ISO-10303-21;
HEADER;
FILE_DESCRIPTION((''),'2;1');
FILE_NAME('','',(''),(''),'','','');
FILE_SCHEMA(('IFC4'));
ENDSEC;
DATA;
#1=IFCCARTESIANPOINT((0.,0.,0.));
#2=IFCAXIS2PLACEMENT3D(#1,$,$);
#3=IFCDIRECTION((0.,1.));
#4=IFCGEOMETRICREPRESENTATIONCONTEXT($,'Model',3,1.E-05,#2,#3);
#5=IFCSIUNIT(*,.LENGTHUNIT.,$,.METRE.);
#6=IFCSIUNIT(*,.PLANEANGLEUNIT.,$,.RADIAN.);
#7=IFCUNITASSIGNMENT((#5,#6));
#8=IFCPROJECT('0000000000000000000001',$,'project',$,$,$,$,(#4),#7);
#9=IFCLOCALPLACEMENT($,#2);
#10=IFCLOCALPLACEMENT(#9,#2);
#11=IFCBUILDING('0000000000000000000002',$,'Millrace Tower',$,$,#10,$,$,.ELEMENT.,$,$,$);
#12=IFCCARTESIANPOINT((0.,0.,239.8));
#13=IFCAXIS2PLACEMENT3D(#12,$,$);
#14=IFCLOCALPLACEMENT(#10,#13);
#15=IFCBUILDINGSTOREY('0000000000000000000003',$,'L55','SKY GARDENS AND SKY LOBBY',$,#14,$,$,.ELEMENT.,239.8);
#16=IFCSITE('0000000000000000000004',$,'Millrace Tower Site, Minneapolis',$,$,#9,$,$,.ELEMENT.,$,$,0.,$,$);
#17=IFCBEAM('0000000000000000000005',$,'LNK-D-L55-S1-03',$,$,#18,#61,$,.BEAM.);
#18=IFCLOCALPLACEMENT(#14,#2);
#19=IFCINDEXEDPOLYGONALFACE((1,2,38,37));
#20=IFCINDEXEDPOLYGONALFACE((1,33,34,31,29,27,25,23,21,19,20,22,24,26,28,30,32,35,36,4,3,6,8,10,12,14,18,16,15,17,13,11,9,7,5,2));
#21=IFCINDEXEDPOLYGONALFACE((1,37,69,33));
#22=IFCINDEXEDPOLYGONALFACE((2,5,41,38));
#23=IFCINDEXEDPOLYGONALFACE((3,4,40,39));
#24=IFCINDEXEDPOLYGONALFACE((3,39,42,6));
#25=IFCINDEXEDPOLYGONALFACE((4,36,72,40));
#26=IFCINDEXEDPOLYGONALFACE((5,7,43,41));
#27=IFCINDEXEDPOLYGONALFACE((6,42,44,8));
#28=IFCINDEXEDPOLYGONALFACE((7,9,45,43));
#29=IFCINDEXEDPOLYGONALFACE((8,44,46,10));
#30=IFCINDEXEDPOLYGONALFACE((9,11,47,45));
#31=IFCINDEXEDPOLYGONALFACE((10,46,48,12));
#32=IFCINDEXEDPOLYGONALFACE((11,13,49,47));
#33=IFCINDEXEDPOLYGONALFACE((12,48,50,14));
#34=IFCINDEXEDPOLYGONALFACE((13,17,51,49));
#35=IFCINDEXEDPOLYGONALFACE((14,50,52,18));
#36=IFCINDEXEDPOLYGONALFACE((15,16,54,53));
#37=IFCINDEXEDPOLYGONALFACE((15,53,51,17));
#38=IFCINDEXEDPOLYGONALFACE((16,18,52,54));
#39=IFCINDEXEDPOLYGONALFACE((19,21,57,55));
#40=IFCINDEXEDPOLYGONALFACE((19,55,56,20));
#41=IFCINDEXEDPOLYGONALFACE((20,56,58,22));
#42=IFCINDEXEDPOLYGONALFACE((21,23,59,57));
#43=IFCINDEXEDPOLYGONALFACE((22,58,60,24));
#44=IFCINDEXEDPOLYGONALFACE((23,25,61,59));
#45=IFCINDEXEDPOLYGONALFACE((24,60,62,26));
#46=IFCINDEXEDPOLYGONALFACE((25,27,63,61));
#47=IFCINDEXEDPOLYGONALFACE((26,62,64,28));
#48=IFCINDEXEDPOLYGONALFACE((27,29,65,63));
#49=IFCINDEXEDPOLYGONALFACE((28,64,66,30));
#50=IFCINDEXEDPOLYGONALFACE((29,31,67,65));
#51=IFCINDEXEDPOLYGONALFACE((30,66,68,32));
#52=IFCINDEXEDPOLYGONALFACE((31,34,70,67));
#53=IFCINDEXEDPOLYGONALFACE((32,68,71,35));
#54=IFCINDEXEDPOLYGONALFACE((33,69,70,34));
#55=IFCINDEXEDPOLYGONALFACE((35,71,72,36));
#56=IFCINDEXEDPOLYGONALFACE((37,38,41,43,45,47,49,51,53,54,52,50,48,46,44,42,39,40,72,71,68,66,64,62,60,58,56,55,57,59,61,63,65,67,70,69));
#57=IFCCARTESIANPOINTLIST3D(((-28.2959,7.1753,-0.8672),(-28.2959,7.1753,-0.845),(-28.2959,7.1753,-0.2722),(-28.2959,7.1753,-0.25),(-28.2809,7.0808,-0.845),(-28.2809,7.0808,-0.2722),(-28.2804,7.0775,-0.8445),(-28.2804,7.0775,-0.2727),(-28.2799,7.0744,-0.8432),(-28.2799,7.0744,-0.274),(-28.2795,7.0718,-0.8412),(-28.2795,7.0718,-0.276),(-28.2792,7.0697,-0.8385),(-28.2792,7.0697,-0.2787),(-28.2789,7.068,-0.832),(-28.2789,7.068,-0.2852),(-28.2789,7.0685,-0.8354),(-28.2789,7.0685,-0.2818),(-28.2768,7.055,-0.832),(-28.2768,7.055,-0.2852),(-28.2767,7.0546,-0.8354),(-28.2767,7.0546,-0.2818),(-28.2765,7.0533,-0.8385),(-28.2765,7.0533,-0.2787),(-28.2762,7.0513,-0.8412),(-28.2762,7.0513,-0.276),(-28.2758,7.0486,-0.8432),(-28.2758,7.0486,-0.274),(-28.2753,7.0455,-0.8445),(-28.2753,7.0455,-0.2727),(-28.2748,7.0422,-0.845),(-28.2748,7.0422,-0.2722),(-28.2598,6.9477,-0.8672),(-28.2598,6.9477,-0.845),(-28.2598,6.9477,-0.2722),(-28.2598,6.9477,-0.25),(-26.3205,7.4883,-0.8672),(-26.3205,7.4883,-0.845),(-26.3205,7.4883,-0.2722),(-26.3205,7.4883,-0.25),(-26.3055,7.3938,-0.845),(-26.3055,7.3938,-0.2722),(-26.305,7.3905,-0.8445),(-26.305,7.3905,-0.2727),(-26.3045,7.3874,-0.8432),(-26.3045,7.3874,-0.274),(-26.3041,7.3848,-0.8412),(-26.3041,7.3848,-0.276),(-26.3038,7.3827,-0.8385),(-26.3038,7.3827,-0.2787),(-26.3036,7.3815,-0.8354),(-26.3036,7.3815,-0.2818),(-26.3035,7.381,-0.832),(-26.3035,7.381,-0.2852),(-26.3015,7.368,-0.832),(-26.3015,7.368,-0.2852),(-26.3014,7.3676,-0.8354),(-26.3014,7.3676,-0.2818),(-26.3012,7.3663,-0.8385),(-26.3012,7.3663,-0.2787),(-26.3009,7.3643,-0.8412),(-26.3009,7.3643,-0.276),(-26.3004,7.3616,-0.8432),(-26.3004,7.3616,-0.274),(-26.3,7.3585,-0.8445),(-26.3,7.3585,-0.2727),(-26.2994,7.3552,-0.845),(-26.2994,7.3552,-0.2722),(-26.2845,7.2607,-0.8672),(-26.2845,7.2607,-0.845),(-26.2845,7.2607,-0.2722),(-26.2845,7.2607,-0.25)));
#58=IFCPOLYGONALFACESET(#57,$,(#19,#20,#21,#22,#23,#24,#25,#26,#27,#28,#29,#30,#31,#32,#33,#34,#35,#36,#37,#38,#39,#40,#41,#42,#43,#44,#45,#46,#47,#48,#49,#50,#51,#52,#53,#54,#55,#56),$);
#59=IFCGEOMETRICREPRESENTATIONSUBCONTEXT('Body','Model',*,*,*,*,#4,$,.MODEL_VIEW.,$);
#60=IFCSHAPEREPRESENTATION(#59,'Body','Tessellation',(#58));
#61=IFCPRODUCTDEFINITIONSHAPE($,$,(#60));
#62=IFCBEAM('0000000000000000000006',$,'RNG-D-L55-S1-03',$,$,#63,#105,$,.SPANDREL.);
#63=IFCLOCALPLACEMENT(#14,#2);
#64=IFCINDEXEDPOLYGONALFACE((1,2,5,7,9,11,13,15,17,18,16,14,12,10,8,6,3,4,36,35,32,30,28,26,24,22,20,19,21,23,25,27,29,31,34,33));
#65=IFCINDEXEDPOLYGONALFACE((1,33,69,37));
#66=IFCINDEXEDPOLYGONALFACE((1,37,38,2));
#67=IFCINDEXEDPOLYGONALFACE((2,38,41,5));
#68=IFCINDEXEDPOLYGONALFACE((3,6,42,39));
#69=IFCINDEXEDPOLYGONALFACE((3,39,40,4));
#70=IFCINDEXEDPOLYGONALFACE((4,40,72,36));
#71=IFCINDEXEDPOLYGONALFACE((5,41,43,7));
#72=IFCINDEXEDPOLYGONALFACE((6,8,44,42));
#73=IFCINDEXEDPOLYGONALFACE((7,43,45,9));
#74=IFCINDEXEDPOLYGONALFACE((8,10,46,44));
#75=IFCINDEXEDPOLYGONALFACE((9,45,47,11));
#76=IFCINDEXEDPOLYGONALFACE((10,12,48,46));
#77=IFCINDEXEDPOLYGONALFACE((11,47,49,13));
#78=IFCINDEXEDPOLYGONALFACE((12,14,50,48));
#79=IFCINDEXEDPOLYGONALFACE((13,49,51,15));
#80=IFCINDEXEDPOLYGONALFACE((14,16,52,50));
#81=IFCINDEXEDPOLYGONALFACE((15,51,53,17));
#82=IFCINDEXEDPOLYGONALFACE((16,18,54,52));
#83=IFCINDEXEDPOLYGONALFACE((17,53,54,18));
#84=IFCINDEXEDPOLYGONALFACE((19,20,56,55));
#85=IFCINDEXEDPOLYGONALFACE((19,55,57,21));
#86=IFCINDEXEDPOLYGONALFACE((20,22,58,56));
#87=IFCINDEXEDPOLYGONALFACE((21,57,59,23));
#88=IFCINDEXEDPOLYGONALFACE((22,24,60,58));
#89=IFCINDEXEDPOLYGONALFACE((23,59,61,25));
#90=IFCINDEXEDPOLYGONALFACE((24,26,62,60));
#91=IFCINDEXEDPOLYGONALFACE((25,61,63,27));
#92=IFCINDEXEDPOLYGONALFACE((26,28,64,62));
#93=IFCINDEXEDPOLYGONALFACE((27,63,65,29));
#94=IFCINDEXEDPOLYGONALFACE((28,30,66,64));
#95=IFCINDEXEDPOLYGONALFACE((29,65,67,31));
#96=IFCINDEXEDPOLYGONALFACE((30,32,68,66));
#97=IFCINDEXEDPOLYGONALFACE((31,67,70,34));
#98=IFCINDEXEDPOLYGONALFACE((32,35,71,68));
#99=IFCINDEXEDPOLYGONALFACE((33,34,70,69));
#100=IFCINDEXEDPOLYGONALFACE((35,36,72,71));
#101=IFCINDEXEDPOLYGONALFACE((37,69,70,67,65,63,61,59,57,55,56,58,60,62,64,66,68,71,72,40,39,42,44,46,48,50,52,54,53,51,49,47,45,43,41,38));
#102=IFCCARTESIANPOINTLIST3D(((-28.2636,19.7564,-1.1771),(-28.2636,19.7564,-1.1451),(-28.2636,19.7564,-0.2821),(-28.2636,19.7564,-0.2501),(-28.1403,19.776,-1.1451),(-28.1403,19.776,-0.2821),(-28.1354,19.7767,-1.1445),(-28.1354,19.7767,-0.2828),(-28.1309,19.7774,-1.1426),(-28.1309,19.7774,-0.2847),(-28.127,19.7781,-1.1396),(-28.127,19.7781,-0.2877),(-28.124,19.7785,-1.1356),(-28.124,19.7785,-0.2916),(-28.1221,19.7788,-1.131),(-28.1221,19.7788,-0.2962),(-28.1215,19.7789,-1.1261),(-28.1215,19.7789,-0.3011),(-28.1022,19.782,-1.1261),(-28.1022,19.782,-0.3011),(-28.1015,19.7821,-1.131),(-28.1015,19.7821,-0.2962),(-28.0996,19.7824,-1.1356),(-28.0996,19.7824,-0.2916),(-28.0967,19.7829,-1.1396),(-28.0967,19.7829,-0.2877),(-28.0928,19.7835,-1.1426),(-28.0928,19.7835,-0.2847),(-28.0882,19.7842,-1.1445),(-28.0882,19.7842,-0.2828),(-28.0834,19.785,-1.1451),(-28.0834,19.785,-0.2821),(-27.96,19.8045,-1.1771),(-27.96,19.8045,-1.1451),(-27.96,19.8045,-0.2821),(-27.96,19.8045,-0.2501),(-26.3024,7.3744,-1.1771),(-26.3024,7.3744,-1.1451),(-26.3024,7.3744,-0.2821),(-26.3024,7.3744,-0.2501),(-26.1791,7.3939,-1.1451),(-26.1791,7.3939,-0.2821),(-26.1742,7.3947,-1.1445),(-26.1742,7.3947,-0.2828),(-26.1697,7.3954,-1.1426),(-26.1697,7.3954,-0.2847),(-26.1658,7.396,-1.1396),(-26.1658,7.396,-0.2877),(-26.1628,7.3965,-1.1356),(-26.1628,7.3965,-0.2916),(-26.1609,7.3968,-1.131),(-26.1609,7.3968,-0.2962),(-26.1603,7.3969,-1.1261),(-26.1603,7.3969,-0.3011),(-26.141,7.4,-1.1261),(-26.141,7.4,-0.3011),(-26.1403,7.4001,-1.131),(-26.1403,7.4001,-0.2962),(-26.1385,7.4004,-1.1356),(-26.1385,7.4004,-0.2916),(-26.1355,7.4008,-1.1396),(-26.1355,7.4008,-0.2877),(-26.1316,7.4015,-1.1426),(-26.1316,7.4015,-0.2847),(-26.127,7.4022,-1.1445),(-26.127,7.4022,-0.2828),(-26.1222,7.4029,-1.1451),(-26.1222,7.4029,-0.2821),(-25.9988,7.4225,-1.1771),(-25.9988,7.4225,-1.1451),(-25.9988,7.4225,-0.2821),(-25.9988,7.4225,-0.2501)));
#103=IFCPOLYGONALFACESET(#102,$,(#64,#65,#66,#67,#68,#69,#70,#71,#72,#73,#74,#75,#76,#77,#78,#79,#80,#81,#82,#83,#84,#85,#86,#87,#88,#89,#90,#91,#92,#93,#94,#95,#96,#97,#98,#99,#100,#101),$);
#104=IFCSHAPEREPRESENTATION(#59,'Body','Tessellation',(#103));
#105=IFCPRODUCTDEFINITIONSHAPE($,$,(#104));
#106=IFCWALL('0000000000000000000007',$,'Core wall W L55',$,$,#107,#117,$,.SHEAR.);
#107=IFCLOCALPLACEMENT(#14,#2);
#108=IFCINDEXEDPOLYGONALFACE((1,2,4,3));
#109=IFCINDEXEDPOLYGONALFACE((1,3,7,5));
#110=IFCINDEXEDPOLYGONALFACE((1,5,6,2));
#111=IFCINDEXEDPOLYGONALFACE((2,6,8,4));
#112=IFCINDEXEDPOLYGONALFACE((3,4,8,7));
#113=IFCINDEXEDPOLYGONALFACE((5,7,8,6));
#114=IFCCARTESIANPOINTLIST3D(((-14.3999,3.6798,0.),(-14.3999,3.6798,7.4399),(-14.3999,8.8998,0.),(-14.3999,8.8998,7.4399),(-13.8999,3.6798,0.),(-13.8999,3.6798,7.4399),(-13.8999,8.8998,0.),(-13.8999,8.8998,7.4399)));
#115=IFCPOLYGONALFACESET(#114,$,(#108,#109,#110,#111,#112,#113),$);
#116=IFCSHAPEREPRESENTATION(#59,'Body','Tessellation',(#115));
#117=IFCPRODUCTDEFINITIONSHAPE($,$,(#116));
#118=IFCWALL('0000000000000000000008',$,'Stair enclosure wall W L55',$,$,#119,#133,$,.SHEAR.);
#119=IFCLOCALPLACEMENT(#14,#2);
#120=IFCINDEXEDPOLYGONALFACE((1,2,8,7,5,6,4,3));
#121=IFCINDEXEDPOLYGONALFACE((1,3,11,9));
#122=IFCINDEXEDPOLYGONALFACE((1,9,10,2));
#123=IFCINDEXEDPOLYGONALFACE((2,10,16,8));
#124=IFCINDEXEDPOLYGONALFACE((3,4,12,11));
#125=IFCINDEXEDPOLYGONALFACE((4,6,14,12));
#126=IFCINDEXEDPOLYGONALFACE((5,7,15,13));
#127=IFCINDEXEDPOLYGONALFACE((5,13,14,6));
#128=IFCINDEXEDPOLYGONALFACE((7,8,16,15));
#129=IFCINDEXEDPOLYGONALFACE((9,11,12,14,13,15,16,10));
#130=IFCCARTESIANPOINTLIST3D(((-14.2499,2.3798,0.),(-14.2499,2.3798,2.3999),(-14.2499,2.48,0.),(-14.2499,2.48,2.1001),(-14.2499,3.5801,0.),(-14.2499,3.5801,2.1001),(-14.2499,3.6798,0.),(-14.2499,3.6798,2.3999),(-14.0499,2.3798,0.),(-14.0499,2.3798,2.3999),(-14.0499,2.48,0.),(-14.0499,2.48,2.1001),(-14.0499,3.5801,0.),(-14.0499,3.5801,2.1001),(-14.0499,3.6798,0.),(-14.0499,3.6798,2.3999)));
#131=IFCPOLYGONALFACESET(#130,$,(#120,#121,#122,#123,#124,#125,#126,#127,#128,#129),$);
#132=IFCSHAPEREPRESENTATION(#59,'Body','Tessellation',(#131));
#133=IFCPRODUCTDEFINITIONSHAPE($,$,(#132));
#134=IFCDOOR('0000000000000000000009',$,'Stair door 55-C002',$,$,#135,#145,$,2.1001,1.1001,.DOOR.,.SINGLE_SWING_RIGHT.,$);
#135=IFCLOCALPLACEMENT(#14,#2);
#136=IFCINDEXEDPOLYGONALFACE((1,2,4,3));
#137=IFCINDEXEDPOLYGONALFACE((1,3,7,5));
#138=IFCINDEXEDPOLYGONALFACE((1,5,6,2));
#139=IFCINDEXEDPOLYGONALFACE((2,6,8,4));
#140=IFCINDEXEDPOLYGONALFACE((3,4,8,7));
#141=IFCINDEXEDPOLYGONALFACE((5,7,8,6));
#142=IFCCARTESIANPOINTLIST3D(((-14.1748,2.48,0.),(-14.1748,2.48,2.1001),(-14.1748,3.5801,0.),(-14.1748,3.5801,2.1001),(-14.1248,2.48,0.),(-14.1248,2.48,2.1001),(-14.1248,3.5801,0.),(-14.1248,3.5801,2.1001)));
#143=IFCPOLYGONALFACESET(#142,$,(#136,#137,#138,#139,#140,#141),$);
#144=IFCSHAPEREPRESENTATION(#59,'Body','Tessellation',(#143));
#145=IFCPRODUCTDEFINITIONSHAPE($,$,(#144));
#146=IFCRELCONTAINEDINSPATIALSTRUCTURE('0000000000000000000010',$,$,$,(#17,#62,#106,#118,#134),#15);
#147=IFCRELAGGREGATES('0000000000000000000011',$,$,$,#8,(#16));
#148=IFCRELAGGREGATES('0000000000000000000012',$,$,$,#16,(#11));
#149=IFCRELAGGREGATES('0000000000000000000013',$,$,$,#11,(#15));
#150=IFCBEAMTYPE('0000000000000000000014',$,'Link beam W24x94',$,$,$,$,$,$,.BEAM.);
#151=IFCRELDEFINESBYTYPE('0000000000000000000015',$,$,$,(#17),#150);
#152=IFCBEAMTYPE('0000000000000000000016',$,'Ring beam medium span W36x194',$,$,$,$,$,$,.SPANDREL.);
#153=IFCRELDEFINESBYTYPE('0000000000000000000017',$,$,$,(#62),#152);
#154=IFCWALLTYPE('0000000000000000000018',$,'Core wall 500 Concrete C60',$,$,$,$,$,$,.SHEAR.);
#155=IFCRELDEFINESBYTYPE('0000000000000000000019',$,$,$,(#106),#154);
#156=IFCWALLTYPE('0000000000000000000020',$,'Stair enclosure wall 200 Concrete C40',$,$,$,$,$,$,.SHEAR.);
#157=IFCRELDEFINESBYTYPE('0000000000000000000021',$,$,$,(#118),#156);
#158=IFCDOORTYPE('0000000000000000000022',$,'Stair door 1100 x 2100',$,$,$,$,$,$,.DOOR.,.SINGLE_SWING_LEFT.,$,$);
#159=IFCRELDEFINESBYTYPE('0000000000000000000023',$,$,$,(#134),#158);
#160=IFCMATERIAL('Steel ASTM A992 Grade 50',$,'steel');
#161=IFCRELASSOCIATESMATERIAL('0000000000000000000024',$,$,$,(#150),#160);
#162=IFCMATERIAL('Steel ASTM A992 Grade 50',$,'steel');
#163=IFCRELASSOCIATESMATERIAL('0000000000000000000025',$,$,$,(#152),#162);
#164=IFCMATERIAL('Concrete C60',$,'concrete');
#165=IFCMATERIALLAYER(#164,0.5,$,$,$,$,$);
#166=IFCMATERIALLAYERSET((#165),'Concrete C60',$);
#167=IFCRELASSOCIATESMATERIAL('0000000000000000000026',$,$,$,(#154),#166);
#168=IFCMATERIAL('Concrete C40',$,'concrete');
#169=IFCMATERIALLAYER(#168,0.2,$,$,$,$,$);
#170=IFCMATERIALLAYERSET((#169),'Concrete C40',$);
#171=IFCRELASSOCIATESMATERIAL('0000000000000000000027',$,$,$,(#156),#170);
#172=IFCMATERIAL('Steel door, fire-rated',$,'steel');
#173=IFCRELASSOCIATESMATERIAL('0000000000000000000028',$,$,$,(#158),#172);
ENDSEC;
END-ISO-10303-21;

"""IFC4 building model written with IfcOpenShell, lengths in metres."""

from ifc_helpers import new_model, si_unit, direction, frame, frame_2d, origin, origin_2d, place, context, subcontext, project, spatial, rectangle, i_section, extrude, material, layer, layer_set, material_profile, profile_set, type_object, element, fill, save


model = new_model("IFC4")

# Units and contexts
model_context = context("Model", 3, precision=1e-05, world=origin(), true_north=direction((0.0, 1.0)))
body_context = subcontext(model_context, "Body", "Model", "MODEL_VIEW")
ifc_project = project(units=[si_unit("LENGTHUNIT", "METRE"), si_unit("PLANEANGLEUNIT", "RADIAN")], contexts=[model_context])

# Site, building, storey
site_placement = place(None, origin())
site = spatial("IfcSite", under=ifc_project, at=site_placement, Name="Millrace Tower Site, Minneapolis", CompositionType="ELEMENT", RefElevation=0.0)
building_placement = place(site_placement, origin())
building = spatial("IfcBuilding", under=site, at=building_placement, Name="Millrace Tower", CompositionType="ELEMENT")
storey_placement = place(building_placement, frame((0.0, 0.0, 239.8)))
storey = spatial("IfcBuildingStorey", under=building, at=storey_placement, Name="L55", Description="SKY GARDENS AND SKY LOBBY", CompositionType="ELEMENT", Elevation=239.8)

# Beams
ifc_material_1 = material(Name="Steel ASTM A992 Grade 50", Category="steel")
ifc_material_profile_1 = material_profile(ifc_material_1, i_section(OverallWidth=0.2305, OverallDepth=0.6172, WebThickness=0.0132, FlangeThickness=0.0222, FilletRadius=0.0129, at=origin_2d()))
ifc_profile_set_1 = profile_set([ifc_material_profile_1], Name="Steel ASTM A992 Grade 50")
beam_type_1 = type_object("IfcBeamType", Name="Link beam W24x94", PredefinedType="BEAM", material=ifc_profile_set_1)
beam_1_placement = place(storey_placement, frame((-26.3025, 7.3745, -0.5586), z_axis=(-0.987679, -0.156495, 0.0), x_axis=(0.156495, -0.987679, 0.0)))
element("IfcBeam", 1, at=beam_1_placement, inside=storey, type_object=beam_type_1, Name="LNK-D-L55-S1-03", PredefinedType="BEAM", context=body_context, shape_type="SweptSolid", body=[
    extrude(i_section(OverallWidth=0.2305, OverallDepth=0.6172, WebThickness=0.0132, FlangeThickness=0.0222, FilletRadius=0.0129, at=origin_2d()), origin(), (0.0, 0.0, 1.0), 2.0),
])
ifc_material_2 = material(Name="Steel ASTM A992 Grade 50", Category="steel")
ifc_material_profile_2 = material_profile(ifc_material_2, i_section(OverallWidth=0.3074, OverallDepth=0.927, WebThickness=0.0195, FlangeThickness=0.032, FilletRadius=0.019, at=origin_2d()))
ifc_profile_set_2 = profile_set([ifc_material_profile_2], Name="Steel ASTM A992 Grade 50")
beam_type_2 = type_object("IfcBeamType", Name="Ring beam medium span W36x194", PredefinedType="SPANDREL", material=ifc_profile_set_2)
beam_2_placement = place(storey_placement, frame((-26.1506, 7.3984, -0.7136), z_axis=(-0.156439, 0.987688, 0.0), x_axis=(-0.987688, -0.156439, 0.0)))
element("IfcBeam", 2, at=beam_2_placement, inside=storey, type_object=beam_type_2, Name="RNG-D-L55-S1-03", PredefinedType="SPANDREL", context=body_context, shape_type="SweptSolid", body=[
    extrude(i_section(OverallWidth=0.3074, OverallDepth=0.927, WebThickness=0.0195, FlangeThickness=0.032, FilletRadius=0.019, at=origin_2d()), origin(), (0.0, 0.0, 1.0), 12.5364),
])

# Wall
ifc_material_3 = material(Name="Concrete C60", Category="concrete")
ifc_layer_1 = layer(ifc_material_3, 0.5)
ifc_layer_set_1 = layer_set([ifc_layer_1], Name="Concrete C60")
wall_type_1 = type_object("IfcWallType", Name="Core wall 500 Concrete C60", PredefinedType="SHEAR", material=ifc_layer_set_1)
wall_1_placement = place(storey_placement, frame((-14.1499, 3.6799, 0.0), z_axis=(0.0, 0.0, 1.0), x_axis=(0.0, 1.0, 0.0)))
element("IfcWall", 3, at=wall_1_placement, inside=storey, type_object=wall_type_1, Name="Core wall W L55", PredefinedType="SHEAR", context=body_context, shape_type="SweptSolid", body=[
    extrude(rectangle(XDim=5.22, YDim=0.5, at=frame_2d((2.6099, 0.0))), origin(), (0.0, 0.0, 1.0), 7.4399),
])

# Wall, opening, door
ifc_material_4 = material(Name="Concrete C40", Category="concrete")
ifc_layer_2 = layer(ifc_material_4, 0.2)
ifc_layer_set_2 = layer_set([ifc_layer_2], Name="Concrete C40")
wall_type_2 = type_object("IfcWallType", Name="Stair enclosure wall 200 Concrete C40", PredefinedType="SHEAR", material=ifc_layer_set_2)
wall_2_placement = place(storey_placement, frame((-14.1499, 2.3799, 0.0), z_axis=(0.0, 0.0, 1.0), x_axis=(0.0, 1.0, 0.0)))
wall_2 = element("IfcWall", 4, at=wall_2_placement, inside=storey, type_object=wall_type_2, Name="Stair enclosure wall W L55", PredefinedType="SHEAR", context=body_context, shape_type="SweptSolid", body=[
    extrude(rectangle(XDim=1.3, YDim=0.2, at=frame_2d((0.6499, 0.0))), origin(), (0.0, 0.0, 1.0), 2.3999),
])
opening_1_placement = place(wall_2_placement, frame((0.1001, 0.0, 0.0)))
opening_1 = element("IfcOpeningElement", 5, at=opening_1_placement, cuts=wall_2, PredefinedType="OPENING", context=body_context, shape_type="SweptSolid", body=[
    extrude(rectangle(XDim=1.1001, YDim=2.1001, at=frame_2d((0.55, 1.05))), frame((0.0, 0.1099, 0.0), z_axis=(0.0, -1.0, 0.0), x_axis=(1.0, 0.0, 0.0)), (0.0, 0.0, 1.0), 0.22),
])
ifc_material_5 = material(Name="Steel door, fire-rated", Category="steel")
door_type_1 = type_object("IfcDoorType", Name="Stair door 1100 x 2100", OperationType="SINGLE_SWING_LEFT", PredefinedType="DOOR", material=ifc_material_5)
door_1_placement = place(opening_1_placement, origin())
door_1 = element("IfcDoor", 6, at=door_1_placement, inside=storey, type_object=door_type_1, Name="Stair door 55-C002", OperationType="SINGLE_SWING_RIGHT", OverallHeight=2.1001, OverallWidth=1.1001, PredefinedType="DOOR", context=body_context, shape_type="SweptSolid", body=[
    extrude(rectangle(XDim=1.1001, YDim=2.1001, at=frame_2d((0.55, 1.05))), frame((0.0, 0.0249, 0.0), z_axis=(0.0, -1.0, 0.0), x_axis=(1.0, 0.0, 0.0)), (0.0, 0.0, 1.0), 0.05),
])
fill(opening_1, door_1)

save(model, "model.ifc")
